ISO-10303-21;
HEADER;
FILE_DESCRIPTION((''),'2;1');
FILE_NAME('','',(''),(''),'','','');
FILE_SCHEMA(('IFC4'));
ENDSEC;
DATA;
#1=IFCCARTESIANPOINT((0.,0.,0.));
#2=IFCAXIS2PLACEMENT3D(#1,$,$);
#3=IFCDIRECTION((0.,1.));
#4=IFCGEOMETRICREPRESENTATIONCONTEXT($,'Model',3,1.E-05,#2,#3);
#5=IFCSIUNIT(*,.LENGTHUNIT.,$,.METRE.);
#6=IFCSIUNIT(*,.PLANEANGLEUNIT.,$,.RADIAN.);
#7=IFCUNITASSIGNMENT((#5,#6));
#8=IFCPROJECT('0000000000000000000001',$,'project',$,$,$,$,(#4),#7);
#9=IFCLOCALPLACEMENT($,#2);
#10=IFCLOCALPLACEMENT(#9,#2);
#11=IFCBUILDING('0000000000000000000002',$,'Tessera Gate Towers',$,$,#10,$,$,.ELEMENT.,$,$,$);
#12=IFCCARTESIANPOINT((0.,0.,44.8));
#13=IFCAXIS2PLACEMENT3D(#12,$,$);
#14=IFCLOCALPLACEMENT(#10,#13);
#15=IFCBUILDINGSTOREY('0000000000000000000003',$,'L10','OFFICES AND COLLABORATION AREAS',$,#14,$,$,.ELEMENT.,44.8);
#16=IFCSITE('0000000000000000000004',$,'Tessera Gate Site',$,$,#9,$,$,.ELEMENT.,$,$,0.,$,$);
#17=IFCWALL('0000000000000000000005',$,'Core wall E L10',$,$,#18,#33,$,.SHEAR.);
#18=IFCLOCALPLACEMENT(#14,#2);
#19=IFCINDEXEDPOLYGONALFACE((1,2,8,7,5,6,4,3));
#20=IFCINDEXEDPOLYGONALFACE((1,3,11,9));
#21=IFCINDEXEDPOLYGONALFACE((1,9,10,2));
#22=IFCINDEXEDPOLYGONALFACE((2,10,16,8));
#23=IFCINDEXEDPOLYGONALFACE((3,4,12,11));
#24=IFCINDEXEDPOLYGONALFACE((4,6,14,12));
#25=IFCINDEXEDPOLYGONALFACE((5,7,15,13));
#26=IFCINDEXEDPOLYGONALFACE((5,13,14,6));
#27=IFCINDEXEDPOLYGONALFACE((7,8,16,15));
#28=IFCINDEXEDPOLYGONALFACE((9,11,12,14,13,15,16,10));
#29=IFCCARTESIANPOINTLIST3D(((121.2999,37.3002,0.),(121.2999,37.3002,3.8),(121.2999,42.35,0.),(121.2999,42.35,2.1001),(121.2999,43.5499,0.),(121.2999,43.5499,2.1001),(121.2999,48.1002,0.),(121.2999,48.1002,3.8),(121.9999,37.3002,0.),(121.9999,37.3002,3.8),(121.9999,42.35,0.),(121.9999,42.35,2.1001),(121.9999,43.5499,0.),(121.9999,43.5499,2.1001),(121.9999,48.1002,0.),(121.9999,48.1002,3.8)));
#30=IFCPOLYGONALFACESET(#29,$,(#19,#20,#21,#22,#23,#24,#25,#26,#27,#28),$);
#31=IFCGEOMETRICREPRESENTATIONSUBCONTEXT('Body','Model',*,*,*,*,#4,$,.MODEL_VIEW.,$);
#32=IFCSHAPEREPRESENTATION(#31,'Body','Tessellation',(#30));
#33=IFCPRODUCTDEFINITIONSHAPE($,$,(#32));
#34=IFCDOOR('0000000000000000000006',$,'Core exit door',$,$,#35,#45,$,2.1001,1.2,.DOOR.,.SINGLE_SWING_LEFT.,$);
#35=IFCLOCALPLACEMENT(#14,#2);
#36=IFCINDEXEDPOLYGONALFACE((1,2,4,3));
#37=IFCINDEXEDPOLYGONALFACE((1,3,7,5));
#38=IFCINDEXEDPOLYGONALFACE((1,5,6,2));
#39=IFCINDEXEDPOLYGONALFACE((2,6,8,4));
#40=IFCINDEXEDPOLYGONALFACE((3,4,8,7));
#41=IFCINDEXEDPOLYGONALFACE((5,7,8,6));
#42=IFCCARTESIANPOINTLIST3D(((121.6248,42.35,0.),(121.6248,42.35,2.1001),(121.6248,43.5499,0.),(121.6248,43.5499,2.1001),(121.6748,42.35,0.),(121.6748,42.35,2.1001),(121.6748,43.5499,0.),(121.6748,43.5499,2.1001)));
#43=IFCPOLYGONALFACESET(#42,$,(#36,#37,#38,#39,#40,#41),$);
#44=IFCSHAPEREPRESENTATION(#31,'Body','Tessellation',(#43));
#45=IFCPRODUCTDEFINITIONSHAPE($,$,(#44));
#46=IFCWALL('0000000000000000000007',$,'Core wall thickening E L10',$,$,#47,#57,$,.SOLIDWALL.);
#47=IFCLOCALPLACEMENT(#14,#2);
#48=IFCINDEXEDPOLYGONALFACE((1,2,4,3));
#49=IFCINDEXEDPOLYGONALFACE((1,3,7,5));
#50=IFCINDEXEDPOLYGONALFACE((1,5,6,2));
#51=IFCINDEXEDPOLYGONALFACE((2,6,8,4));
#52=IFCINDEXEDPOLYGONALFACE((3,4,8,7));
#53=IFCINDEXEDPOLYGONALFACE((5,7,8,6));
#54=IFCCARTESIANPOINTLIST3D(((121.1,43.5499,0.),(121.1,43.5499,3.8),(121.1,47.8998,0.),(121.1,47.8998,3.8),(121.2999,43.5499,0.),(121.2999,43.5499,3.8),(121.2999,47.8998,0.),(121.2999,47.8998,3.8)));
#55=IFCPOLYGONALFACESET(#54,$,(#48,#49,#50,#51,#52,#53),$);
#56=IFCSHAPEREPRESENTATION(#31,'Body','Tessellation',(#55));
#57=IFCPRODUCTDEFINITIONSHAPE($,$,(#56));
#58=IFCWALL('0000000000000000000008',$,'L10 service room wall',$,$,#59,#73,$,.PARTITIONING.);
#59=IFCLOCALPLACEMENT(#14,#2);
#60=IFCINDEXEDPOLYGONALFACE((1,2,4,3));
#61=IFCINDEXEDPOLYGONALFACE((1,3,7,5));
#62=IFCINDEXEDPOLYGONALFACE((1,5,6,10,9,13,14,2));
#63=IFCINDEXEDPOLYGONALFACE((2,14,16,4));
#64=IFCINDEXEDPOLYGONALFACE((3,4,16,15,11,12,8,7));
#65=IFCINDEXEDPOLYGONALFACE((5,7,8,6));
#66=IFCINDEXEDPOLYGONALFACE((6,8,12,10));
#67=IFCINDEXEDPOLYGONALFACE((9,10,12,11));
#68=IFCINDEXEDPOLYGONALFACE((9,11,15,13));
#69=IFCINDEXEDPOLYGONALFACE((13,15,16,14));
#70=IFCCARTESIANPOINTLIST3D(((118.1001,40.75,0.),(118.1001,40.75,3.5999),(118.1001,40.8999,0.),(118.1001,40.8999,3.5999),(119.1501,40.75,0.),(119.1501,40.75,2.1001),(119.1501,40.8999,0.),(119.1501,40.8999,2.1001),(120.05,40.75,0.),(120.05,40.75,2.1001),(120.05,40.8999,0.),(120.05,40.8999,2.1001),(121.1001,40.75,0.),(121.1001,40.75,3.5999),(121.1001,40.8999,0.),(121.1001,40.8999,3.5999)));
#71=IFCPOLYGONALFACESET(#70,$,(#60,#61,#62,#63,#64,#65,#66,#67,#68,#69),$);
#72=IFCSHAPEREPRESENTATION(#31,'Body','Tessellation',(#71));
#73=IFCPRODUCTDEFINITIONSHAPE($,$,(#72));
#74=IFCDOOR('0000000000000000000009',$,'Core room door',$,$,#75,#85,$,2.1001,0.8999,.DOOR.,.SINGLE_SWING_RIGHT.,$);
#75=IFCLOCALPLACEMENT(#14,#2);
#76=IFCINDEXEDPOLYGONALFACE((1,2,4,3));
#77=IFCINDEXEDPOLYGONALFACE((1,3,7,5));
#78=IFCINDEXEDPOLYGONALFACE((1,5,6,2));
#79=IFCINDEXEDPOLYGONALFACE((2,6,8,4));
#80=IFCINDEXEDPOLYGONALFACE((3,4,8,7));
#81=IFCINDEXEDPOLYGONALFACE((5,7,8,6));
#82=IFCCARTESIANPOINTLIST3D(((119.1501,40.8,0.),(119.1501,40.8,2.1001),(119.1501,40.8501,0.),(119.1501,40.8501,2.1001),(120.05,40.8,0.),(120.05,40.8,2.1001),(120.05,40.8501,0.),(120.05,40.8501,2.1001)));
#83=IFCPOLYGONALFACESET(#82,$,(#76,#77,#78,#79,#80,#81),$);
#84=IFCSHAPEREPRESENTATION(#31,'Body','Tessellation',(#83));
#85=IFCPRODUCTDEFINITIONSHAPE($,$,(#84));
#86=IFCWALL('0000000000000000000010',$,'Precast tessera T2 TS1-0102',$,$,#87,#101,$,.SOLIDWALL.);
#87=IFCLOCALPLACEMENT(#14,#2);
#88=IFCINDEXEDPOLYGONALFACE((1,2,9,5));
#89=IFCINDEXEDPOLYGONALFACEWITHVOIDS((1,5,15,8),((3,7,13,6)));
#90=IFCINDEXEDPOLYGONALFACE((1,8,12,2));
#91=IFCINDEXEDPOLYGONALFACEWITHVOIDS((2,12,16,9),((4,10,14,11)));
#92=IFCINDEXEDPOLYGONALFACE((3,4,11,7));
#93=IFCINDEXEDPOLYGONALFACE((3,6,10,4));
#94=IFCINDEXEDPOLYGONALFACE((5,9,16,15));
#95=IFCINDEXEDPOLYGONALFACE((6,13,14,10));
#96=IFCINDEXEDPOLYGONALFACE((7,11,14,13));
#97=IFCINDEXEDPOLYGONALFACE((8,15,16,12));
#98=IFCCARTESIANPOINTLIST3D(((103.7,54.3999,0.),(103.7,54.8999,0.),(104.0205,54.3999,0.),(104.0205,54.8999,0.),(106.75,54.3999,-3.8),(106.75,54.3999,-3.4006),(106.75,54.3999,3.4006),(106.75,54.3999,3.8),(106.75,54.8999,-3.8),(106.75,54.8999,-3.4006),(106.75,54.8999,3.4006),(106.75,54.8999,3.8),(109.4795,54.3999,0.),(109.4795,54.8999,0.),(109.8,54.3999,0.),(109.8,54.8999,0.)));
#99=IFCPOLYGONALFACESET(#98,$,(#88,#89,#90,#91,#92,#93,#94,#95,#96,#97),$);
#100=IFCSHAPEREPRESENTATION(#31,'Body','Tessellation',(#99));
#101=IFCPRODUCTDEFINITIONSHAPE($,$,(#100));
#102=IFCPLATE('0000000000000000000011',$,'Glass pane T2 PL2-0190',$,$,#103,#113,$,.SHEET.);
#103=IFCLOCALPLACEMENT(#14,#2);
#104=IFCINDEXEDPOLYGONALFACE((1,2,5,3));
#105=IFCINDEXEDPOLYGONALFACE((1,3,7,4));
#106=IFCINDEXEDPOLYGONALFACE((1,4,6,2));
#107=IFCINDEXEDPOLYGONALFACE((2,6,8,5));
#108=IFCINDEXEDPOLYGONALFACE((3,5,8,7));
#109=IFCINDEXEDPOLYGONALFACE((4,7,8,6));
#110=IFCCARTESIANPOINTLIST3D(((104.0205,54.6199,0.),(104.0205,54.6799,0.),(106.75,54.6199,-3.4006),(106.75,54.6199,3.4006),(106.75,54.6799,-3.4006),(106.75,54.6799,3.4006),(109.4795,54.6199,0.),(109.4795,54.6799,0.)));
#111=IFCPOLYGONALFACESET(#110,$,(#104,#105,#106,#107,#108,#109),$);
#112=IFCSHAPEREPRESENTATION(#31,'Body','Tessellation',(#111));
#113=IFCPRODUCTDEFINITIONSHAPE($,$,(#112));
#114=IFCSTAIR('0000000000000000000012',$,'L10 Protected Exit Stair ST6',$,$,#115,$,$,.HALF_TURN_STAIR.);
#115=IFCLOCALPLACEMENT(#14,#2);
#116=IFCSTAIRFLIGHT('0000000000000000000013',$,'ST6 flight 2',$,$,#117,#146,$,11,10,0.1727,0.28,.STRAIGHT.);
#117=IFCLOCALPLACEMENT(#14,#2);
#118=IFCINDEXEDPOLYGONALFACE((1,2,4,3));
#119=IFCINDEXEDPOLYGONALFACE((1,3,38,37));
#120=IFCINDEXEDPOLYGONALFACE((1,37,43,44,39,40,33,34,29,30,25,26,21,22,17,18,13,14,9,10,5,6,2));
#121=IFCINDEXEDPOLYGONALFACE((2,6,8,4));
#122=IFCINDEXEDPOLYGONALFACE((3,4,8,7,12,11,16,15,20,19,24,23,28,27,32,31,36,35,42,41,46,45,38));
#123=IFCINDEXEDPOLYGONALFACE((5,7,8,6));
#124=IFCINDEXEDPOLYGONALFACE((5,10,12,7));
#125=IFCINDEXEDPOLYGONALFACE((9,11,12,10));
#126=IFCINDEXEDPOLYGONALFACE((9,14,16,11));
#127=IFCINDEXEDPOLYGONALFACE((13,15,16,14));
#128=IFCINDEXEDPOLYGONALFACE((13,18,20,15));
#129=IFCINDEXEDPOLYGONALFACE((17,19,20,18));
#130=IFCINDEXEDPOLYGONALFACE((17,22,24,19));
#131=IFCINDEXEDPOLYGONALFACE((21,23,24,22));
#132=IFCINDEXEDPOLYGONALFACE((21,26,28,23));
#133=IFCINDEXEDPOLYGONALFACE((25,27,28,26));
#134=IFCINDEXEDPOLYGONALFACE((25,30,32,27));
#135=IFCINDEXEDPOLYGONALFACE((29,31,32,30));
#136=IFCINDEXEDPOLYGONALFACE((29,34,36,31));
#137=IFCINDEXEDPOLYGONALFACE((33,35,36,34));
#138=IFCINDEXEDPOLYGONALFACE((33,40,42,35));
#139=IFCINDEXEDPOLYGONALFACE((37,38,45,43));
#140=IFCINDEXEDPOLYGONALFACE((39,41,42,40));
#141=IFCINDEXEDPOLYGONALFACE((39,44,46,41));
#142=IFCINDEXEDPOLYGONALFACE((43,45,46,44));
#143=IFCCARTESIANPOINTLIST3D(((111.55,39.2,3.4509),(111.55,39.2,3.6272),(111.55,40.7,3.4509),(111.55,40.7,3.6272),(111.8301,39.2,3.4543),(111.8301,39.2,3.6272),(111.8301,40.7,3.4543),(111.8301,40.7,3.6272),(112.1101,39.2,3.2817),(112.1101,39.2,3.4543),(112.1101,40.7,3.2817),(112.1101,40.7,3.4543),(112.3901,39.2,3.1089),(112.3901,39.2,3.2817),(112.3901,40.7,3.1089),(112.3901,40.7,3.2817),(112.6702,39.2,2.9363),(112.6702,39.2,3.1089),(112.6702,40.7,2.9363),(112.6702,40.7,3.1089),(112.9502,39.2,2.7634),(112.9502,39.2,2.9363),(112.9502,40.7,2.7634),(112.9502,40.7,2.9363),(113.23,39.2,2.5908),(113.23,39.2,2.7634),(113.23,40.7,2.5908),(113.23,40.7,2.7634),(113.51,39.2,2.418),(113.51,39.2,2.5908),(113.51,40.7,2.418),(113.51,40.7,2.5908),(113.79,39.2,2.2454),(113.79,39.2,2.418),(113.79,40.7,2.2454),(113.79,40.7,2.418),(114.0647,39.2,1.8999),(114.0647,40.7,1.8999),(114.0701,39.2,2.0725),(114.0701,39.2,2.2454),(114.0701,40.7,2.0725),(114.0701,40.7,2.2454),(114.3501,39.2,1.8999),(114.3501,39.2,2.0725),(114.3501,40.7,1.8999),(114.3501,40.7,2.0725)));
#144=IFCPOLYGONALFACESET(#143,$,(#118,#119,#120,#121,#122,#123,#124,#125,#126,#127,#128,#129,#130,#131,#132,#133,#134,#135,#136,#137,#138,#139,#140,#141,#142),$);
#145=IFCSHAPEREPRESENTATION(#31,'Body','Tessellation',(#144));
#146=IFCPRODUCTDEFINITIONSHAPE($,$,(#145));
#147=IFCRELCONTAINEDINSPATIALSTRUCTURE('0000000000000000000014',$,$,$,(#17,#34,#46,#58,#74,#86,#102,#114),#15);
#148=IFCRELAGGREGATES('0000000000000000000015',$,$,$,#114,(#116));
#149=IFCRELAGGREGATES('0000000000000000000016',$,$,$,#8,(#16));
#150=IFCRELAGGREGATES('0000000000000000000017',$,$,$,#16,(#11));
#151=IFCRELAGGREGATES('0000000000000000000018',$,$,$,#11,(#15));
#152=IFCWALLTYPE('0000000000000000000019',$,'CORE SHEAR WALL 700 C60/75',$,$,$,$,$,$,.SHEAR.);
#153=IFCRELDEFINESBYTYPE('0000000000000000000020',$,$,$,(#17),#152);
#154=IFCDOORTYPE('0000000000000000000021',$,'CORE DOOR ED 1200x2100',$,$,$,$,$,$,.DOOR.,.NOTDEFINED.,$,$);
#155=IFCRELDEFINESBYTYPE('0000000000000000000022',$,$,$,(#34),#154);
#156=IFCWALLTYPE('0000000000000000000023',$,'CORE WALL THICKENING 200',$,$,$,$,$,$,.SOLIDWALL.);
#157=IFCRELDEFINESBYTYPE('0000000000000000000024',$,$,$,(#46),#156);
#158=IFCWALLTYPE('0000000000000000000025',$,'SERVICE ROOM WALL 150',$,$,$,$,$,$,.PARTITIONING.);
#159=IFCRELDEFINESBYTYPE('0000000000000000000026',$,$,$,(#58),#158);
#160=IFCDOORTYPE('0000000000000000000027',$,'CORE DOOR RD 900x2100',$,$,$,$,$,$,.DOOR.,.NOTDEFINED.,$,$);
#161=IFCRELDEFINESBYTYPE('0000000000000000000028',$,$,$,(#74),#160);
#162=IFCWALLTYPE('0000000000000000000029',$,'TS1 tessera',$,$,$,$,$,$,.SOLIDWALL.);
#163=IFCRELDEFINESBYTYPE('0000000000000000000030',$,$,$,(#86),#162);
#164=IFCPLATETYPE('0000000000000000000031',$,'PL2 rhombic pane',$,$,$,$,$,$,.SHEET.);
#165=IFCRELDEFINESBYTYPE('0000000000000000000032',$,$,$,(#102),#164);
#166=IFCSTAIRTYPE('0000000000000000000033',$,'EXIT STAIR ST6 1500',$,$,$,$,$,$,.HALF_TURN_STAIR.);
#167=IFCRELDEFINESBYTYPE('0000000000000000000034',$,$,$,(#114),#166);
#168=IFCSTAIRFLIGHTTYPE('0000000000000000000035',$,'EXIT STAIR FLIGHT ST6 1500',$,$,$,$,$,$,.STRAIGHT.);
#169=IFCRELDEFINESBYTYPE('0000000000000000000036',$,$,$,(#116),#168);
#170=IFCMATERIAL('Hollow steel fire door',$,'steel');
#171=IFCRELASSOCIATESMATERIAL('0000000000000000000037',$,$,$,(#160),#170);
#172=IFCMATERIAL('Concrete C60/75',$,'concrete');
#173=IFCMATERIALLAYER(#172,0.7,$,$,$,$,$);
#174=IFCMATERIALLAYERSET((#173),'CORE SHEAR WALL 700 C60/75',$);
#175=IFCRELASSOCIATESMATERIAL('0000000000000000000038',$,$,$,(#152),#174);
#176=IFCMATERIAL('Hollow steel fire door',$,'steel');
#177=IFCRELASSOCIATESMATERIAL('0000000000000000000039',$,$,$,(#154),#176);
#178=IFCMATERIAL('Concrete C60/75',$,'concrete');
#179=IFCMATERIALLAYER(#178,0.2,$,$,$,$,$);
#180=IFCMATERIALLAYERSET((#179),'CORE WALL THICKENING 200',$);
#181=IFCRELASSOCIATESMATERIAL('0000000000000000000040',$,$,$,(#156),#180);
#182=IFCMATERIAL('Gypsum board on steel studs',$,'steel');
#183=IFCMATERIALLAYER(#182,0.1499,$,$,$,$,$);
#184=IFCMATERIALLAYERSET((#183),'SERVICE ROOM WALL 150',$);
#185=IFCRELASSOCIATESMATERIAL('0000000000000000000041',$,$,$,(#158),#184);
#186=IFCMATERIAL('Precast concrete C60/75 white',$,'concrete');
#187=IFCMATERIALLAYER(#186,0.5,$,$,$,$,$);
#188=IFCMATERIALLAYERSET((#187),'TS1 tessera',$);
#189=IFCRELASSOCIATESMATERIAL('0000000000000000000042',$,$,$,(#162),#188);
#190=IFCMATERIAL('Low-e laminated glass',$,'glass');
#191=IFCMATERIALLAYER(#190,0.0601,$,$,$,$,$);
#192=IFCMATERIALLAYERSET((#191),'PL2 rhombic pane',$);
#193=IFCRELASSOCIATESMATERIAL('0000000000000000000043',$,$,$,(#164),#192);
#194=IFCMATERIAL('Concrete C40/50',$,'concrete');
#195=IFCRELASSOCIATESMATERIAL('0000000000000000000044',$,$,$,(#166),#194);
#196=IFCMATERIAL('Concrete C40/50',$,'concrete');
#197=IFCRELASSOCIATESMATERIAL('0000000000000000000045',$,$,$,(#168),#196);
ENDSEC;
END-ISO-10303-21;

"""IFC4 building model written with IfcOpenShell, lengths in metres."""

from ifc_helpers import new_model, si_unit, direction, frame, frame_2d, origin, place, context, subcontext, project, spatial, polyline, rectangle, outline, extrude, source, transform, mapped, material, layer, layer_set, type_object, element, fill, aggregate, save


model = new_model("IFC4")

# Units and contexts
model_context = context("Model", 3, precision=1e-05, world=origin(), true_north=direction((0.0, 1.0)))
body_context = subcontext(model_context, "Body", "Model", "MODEL_VIEW")
ifc_project = project(units=[si_unit("LENGTHUNIT", "METRE"), si_unit("PLANEANGLEUNIT", "RADIAN")], contexts=[model_context])

# Site, building, storey
site_placement = place(None, origin())
site = spatial("IfcSite", under=ifc_project, at=site_placement, Name="Tessera Gate Site", CompositionType="ELEMENT", RefElevation=0.0)
building_placement = place(site_placement, origin())
building = spatial("IfcBuilding", under=site, at=building_placement, Name="Tessera Gate Towers", CompositionType="ELEMENT")
storey_placement = place(building_placement, frame((0.0, 0.0, 44.8)))
storey = spatial("IfcBuildingStorey", under=building, at=storey_placement, Name="L10", Description="OFFICES AND COLLABORATION AREAS", CompositionType="ELEMENT", Elevation=44.8)

# Shared definitions
ifc_material_1 = material(Name="Hollow steel fire door", Category="steel")
door_type_1 = type_object("IfcDoorType", Name="CORE DOOR RD 900x2100", OperationType="NOTDEFINED", PredefinedType="DOOR", material=ifc_material_1)
shared_shape_1 = source(origin(), body_context, "Body", "SweptSolid", [
    extrude(rectangle(XDim=0.8999, YDim=2.1001, at=frame_2d((0.45, 1.05))), frame((0.0, 0.0249, 0.0), z_axis=(0.0, -1.0, 0.0), x_axis=(1.0, 0.0, 0.0)), (0.0, 0.0, 1.0), 0.05),
])

# Wall, opening, door
ifc_material_2 = material(Name="Concrete C60/75", Category="concrete")
ifc_layer_1 = layer(ifc_material_2, 0.7)
ifc_layer_set_1 = layer_set([ifc_layer_1], Name="CORE SHEAR WALL 700 C60/75")
wall_type_1 = type_object("IfcWallType", Name="CORE SHEAR WALL 700 C60/75", PredefinedType="SHEAR", material=ifc_layer_set_1)
wall_1_placement = place(storey_placement, frame((121.6499, 48.1001, 0.0), z_axis=(0.0, 0.0, 1.0), x_axis=(0.0, -1.0, 0.0)))
wall_1 = element("IfcWall", 1, at=wall_1_placement, inside=storey, type_object=wall_type_1, Name="Core wall E L10", PredefinedType="SHEAR", context=body_context, shape_type="SweptSolid", body=[
    extrude(rectangle(XDim=10.8, YDim=0.7, at=frame_2d((5.3999, 0.0))), origin(), (0.0, 0.0, 1.0), 3.8),
])
shared_shape_2 = source(origin(), body_context, "Body", "SweptSolid", [
    extrude(rectangle(XDim=1.2, YDim=2.1001, at=frame_2d((0.6001, 1.05))), frame((0.0, 0.3599, 0.0), z_axis=(0.0, -1.0, 0.0), x_axis=(1.0, 0.0, 0.0)), (0.0, 0.0, 1.0), 0.72),
])
opening_1_placement = place(wall_1_placement, frame((4.55, 0.0, 0.0)))
opening_1 = element("IfcOpeningElement", 2, at=opening_1_placement, cuts=wall_1, PredefinedType="OPENING", context=body_context, shape_type="MappedRepresentation", body=[
    mapped(shared_shape_2, transform((0.0, 0.0, 0.0), scale=1.0)),
])
ifc_material_3 = material(Name="Hollow steel fire door", Category="steel")
door_type_2 = type_object("IfcDoorType", Name="CORE DOOR ED 1200x2100", OperationType="NOTDEFINED", PredefinedType="DOOR", material=ifc_material_3)
shared_shape_3 = source(origin(), body_context, "Body", "SweptSolid", [
    extrude(rectangle(XDim=1.2, YDim=2.1001, at=frame_2d((0.6001, 1.05))), frame((0.0, 0.0249, 0.0), z_axis=(0.0, -1.0, 0.0), x_axis=(1.0, 0.0, 0.0)), (0.0, 0.0, 1.0), 0.05),
])
door_1_placement = place(opening_1_placement, origin())
door_1 = element("IfcDoor", 3, at=door_1_placement, inside=storey, type_object=door_type_2, Name="Core exit door", OperationType="SINGLE_SWING_LEFT", OverallHeight=2.1001, OverallWidth=1.2, PredefinedType="DOOR", context=body_context, shape_type="MappedRepresentation", body=[
    mapped(shared_shape_3, transform((0.0, 0.0, 0.0), scale=1.0)),
])
fill(opening_1, door_1)

# Wall
ifc_material_4 = material(Name="Concrete C60/75", Category="concrete")
ifc_layer_2 = layer(ifc_material_4, 0.2)
ifc_layer_set_2 = layer_set([ifc_layer_2], Name="CORE WALL THICKENING 200")
wall_type_2 = type_object("IfcWallType", Name="CORE WALL THICKENING 200", PredefinedType="SOLIDWALL", material=ifc_layer_set_2)
wall_2_placement = place(storey_placement, frame((121.2, 43.55, 0.0), z_axis=(0.0, 0.0, 1.0), x_axis=(0.0, 1.0, 0.0)))
element("IfcWall", 4, at=wall_2_placement, inside=storey, type_object=wall_type_2, Name="Core wall thickening E L10", PredefinedType="SOLIDWALL", context=body_context, shape_type="SweptSolid", body=[
    extrude(rectangle(XDim=4.3499, YDim=0.2, at=frame_2d((2.1748, 0.0))), origin(), (0.0, 0.0, 1.0), 3.8),
])

# Wall, opening, door
ifc_material_5 = material(Name="Gypsum board on steel studs", Category="steel")
ifc_layer_3 = layer(ifc_material_5, 0.1499)
ifc_layer_set_3 = layer_set([ifc_layer_3], Name="SERVICE ROOM WALL 150")
wall_type_3 = type_object("IfcWallType", Name="SERVICE ROOM WALL 150", PredefinedType="PARTITIONING", material=ifc_layer_set_3)
wall_3_placement = place(storey_placement, frame((121.1001, 40.825, 0.0), z_axis=(0.0, 0.0, 1.0), x_axis=(-1.0, 0.0, 0.0)))
wall_3 = element("IfcWall", 5, at=wall_3_placement, inside=storey, type_object=wall_type_3, Name="L10 service room wall", PredefinedType="PARTITIONING", context=body_context, shape_type="SweptSolid", body=[
    extrude(rectangle(XDim=3.0, YDim=0.1499, at=frame_2d((1.5, 0.0))), origin(), (0.0, 0.0, 1.0), 3.5999),
])
shared_shape_4 = source(origin(), body_context, "Body", "SweptSolid", [
    extrude(rectangle(XDim=0.8999, YDim=2.1001, at=frame_2d((0.45, 1.05))), frame((0.0, 0.085, 0.0), z_axis=(0.0, -1.0, 0.0), x_axis=(1.0, 0.0, 0.0)), (0.0, 0.0, 1.0), 0.1699),
])
opening_2_placement = place(wall_3_placement, frame((1.05, 0.0, 0.0)))
opening_2 = element("IfcOpeningElement", 6, at=opening_2_placement, cuts=wall_3, PredefinedType="OPENING", context=body_context, shape_type="MappedRepresentation", body=[
    mapped(shared_shape_4, transform((0.0, 0.0, 0.0), scale=1.0)),
])
door_2_placement = place(opening_2_placement, origin())
door_2 = element("IfcDoor", 7, at=door_2_placement, inside=storey, type_object=door_type_1, Name="Core room door", OperationType="SINGLE_SWING_RIGHT", OverallHeight=2.1001, OverallWidth=0.8999, PredefinedType="DOOR", context=body_context, shape_type="MappedRepresentation", body=[
    mapped(shared_shape_1, transform((0.0, 0.0, 0.0), scale=1.0)),
])
fill(opening_2, door_2)

# Wall, opening, plate
ifc_material_6 = material(Name="Precast concrete C60/75 white", Category="concrete")
ifc_layer_4 = layer(ifc_material_6, 0.5)
ifc_layer_set_4 = layer_set([ifc_layer_4], Name="TS1 tessera")
wall_type_4 = type_object("IfcWallType", Name="TS1 tessera", PredefinedType="SOLIDWALL", material=ifc_layer_set_4)
shared_shape_5 = source(origin(), body_context, "Body", "SweptSolid", [
    extrude(outline(polyline([(3.05, 0.0), (6.1001, 3.8), (3.05, 7.6001), (0.0, 3.8), (3.05, 0.0)])), frame((0.0, 0.25, 0.0), z_axis=(0.0, -1.0, 0.0), x_axis=(1.0, 0.0, 0.0)), (0.0, 0.0, 1.0), 0.5),
])
wall_4_placement = place(storey_placement, frame((109.8, 54.6499, -3.8), z_axis=(0.0, 0.0, 1.0), x_axis=(-1.0, 0.0, 0.0)))
wall_4 = element("IfcWall", 8, at=wall_4_placement, inside=storey, type_object=wall_type_4, Name="Precast tessera T2 TS1-0102", PredefinedType="SOLIDWALL", context=body_context, shape_type="MappedRepresentation", body=[
    mapped(shared_shape_5, transform((0.0, 0.0, 0.0), scale=1.0)),
])
shared_shape_6 = source(origin(), body_context, "Body", "SweptSolid", [
    extrude(outline(polyline([(3.05, 0.3994), (5.7795, 3.8), (3.05, 7.2007), (0.3206, 3.8), (3.05, 0.3994)])), frame((0.0, 0.26, 0.0), z_axis=(0.0, -1.0, 0.0), x_axis=(1.0, 0.0, 0.0)), (0.0, 0.0, 1.0), 0.52),
])
opening_3_placement = place(wall_4_placement, origin())
opening_3 = element("IfcOpeningElement", 9, at=opening_3_placement, cuts=wall_4, PredefinedType="OPENING", context=body_context, shape_type="MappedRepresentation", body=[
    mapped(shared_shape_6, transform((0.0, 0.0, 0.0), scale=1.0)),
])
ifc_material_7 = material(Name="Low-e laminated glass", Category="glass")
ifc_layer_5 = layer(ifc_material_7, 0.0601)
ifc_layer_set_5 = layer_set([ifc_layer_5], Name="PL2 rhombic pane")
plate_type = type_object("IfcPlateType", Name="PL2 rhombic pane", PredefinedType="SHEET", material=ifc_layer_set_5)
shared_shape_7 = source(origin(), body_context, "Body", "SweptSolid", [
    extrude(outline(polyline([(3.05, 0.3994), (5.7795, 3.8), (3.05, 7.2007), (0.3206, 3.8), (3.05, 0.3994)])), frame((0.0, 0.03, 0.0), z_axis=(0.0, -1.0, 0.0), x_axis=(1.0, 0.0, 0.0)), (0.0, 0.0, 1.0), 0.0601),
])
plate_placement = place(opening_3_placement, origin())
plate = element("IfcPlate", 10, at=plate_placement, inside=storey, type_object=plate_type, Name="Glass pane T2 PL2-0190", PredefinedType="SHEET", context=body_context, shape_type="MappedRepresentation", body=[
    mapped(shared_shape_7, transform((0.0, 0.0, 0.0), scale=1.0)),
])
fill(opening_3, plate)

# Stair, stair flight
ifc_material_8 = material(Name="Concrete C40/50", Category="concrete")
stair_type = type_object("IfcStairType", Name="EXIT STAIR ST6 1500", PredefinedType="HALF_TURN_STAIR", material=ifc_material_8)
stair_placement = place(storey_placement, origin())
stair = element("IfcStair", 11, at=stair_placement, inside=storey, type_object=stair_type, Name="L10 Protected Exit Stair ST6", PredefinedType="HALF_TURN_STAIR")
ifc_material_9 = material(Name="Concrete C40/50", Category="concrete")
stair_flight_type = type_object("IfcStairFlightType", Name="EXIT STAIR FLIGHT ST6 1500", PredefinedType="STRAIGHT", material=ifc_material_9)
stair_flight_placement = place(storey_placement, frame((114.3501, 39.95, 1.8999), z_axis=(0.0, 0.0, 1.0), x_axis=(-1.0, 0.0, 0.0)))
stair_flight = element("IfcStairFlight", 12, at=stair_flight_placement, type_object=stair_flight_type, Name="ST6 flight 2", NumberOfRisers=11, NumberOfTreads=10, PredefinedType="STRAIGHT", RiserHeight=0.1727, TreadLength=0.28, context=body_context, shape_type="SweptSolid", body=[
    extrude(outline(polyline([(0.0, 0.0), (0.0, 0.1726), (0.28, 0.1726), (0.28, 0.3455), (0.5601, 0.3455), (0.5601, 0.5181), (0.8401, 0.5181), (0.8401, 0.6909), (1.1201, 0.6909), (1.1201, 0.8635), (1.3999, 0.8635), (1.3999, 1.0364), (1.6799, 1.0364), (1.6799, 1.209), (1.96, 1.209), (1.96, 1.3818), (2.24, 1.3818), (2.24, 1.5544), (2.52, 1.5544), (2.52, 1.7273), (2.8, 1.7273), (2.8, 1.8999), (2.8, 1.551), (0.2854, 0.0), (0.0, 0.0)])), frame((0.0, 0.75, 0.0), z_axis=(0.0, -1.0, 0.0), x_axis=(1.0, 0.0, 0.0)), (0.0, 0.0, 1.0), 1.5),
])
aggregate(stair, [stair_flight])

save(model, "model.ifc")
